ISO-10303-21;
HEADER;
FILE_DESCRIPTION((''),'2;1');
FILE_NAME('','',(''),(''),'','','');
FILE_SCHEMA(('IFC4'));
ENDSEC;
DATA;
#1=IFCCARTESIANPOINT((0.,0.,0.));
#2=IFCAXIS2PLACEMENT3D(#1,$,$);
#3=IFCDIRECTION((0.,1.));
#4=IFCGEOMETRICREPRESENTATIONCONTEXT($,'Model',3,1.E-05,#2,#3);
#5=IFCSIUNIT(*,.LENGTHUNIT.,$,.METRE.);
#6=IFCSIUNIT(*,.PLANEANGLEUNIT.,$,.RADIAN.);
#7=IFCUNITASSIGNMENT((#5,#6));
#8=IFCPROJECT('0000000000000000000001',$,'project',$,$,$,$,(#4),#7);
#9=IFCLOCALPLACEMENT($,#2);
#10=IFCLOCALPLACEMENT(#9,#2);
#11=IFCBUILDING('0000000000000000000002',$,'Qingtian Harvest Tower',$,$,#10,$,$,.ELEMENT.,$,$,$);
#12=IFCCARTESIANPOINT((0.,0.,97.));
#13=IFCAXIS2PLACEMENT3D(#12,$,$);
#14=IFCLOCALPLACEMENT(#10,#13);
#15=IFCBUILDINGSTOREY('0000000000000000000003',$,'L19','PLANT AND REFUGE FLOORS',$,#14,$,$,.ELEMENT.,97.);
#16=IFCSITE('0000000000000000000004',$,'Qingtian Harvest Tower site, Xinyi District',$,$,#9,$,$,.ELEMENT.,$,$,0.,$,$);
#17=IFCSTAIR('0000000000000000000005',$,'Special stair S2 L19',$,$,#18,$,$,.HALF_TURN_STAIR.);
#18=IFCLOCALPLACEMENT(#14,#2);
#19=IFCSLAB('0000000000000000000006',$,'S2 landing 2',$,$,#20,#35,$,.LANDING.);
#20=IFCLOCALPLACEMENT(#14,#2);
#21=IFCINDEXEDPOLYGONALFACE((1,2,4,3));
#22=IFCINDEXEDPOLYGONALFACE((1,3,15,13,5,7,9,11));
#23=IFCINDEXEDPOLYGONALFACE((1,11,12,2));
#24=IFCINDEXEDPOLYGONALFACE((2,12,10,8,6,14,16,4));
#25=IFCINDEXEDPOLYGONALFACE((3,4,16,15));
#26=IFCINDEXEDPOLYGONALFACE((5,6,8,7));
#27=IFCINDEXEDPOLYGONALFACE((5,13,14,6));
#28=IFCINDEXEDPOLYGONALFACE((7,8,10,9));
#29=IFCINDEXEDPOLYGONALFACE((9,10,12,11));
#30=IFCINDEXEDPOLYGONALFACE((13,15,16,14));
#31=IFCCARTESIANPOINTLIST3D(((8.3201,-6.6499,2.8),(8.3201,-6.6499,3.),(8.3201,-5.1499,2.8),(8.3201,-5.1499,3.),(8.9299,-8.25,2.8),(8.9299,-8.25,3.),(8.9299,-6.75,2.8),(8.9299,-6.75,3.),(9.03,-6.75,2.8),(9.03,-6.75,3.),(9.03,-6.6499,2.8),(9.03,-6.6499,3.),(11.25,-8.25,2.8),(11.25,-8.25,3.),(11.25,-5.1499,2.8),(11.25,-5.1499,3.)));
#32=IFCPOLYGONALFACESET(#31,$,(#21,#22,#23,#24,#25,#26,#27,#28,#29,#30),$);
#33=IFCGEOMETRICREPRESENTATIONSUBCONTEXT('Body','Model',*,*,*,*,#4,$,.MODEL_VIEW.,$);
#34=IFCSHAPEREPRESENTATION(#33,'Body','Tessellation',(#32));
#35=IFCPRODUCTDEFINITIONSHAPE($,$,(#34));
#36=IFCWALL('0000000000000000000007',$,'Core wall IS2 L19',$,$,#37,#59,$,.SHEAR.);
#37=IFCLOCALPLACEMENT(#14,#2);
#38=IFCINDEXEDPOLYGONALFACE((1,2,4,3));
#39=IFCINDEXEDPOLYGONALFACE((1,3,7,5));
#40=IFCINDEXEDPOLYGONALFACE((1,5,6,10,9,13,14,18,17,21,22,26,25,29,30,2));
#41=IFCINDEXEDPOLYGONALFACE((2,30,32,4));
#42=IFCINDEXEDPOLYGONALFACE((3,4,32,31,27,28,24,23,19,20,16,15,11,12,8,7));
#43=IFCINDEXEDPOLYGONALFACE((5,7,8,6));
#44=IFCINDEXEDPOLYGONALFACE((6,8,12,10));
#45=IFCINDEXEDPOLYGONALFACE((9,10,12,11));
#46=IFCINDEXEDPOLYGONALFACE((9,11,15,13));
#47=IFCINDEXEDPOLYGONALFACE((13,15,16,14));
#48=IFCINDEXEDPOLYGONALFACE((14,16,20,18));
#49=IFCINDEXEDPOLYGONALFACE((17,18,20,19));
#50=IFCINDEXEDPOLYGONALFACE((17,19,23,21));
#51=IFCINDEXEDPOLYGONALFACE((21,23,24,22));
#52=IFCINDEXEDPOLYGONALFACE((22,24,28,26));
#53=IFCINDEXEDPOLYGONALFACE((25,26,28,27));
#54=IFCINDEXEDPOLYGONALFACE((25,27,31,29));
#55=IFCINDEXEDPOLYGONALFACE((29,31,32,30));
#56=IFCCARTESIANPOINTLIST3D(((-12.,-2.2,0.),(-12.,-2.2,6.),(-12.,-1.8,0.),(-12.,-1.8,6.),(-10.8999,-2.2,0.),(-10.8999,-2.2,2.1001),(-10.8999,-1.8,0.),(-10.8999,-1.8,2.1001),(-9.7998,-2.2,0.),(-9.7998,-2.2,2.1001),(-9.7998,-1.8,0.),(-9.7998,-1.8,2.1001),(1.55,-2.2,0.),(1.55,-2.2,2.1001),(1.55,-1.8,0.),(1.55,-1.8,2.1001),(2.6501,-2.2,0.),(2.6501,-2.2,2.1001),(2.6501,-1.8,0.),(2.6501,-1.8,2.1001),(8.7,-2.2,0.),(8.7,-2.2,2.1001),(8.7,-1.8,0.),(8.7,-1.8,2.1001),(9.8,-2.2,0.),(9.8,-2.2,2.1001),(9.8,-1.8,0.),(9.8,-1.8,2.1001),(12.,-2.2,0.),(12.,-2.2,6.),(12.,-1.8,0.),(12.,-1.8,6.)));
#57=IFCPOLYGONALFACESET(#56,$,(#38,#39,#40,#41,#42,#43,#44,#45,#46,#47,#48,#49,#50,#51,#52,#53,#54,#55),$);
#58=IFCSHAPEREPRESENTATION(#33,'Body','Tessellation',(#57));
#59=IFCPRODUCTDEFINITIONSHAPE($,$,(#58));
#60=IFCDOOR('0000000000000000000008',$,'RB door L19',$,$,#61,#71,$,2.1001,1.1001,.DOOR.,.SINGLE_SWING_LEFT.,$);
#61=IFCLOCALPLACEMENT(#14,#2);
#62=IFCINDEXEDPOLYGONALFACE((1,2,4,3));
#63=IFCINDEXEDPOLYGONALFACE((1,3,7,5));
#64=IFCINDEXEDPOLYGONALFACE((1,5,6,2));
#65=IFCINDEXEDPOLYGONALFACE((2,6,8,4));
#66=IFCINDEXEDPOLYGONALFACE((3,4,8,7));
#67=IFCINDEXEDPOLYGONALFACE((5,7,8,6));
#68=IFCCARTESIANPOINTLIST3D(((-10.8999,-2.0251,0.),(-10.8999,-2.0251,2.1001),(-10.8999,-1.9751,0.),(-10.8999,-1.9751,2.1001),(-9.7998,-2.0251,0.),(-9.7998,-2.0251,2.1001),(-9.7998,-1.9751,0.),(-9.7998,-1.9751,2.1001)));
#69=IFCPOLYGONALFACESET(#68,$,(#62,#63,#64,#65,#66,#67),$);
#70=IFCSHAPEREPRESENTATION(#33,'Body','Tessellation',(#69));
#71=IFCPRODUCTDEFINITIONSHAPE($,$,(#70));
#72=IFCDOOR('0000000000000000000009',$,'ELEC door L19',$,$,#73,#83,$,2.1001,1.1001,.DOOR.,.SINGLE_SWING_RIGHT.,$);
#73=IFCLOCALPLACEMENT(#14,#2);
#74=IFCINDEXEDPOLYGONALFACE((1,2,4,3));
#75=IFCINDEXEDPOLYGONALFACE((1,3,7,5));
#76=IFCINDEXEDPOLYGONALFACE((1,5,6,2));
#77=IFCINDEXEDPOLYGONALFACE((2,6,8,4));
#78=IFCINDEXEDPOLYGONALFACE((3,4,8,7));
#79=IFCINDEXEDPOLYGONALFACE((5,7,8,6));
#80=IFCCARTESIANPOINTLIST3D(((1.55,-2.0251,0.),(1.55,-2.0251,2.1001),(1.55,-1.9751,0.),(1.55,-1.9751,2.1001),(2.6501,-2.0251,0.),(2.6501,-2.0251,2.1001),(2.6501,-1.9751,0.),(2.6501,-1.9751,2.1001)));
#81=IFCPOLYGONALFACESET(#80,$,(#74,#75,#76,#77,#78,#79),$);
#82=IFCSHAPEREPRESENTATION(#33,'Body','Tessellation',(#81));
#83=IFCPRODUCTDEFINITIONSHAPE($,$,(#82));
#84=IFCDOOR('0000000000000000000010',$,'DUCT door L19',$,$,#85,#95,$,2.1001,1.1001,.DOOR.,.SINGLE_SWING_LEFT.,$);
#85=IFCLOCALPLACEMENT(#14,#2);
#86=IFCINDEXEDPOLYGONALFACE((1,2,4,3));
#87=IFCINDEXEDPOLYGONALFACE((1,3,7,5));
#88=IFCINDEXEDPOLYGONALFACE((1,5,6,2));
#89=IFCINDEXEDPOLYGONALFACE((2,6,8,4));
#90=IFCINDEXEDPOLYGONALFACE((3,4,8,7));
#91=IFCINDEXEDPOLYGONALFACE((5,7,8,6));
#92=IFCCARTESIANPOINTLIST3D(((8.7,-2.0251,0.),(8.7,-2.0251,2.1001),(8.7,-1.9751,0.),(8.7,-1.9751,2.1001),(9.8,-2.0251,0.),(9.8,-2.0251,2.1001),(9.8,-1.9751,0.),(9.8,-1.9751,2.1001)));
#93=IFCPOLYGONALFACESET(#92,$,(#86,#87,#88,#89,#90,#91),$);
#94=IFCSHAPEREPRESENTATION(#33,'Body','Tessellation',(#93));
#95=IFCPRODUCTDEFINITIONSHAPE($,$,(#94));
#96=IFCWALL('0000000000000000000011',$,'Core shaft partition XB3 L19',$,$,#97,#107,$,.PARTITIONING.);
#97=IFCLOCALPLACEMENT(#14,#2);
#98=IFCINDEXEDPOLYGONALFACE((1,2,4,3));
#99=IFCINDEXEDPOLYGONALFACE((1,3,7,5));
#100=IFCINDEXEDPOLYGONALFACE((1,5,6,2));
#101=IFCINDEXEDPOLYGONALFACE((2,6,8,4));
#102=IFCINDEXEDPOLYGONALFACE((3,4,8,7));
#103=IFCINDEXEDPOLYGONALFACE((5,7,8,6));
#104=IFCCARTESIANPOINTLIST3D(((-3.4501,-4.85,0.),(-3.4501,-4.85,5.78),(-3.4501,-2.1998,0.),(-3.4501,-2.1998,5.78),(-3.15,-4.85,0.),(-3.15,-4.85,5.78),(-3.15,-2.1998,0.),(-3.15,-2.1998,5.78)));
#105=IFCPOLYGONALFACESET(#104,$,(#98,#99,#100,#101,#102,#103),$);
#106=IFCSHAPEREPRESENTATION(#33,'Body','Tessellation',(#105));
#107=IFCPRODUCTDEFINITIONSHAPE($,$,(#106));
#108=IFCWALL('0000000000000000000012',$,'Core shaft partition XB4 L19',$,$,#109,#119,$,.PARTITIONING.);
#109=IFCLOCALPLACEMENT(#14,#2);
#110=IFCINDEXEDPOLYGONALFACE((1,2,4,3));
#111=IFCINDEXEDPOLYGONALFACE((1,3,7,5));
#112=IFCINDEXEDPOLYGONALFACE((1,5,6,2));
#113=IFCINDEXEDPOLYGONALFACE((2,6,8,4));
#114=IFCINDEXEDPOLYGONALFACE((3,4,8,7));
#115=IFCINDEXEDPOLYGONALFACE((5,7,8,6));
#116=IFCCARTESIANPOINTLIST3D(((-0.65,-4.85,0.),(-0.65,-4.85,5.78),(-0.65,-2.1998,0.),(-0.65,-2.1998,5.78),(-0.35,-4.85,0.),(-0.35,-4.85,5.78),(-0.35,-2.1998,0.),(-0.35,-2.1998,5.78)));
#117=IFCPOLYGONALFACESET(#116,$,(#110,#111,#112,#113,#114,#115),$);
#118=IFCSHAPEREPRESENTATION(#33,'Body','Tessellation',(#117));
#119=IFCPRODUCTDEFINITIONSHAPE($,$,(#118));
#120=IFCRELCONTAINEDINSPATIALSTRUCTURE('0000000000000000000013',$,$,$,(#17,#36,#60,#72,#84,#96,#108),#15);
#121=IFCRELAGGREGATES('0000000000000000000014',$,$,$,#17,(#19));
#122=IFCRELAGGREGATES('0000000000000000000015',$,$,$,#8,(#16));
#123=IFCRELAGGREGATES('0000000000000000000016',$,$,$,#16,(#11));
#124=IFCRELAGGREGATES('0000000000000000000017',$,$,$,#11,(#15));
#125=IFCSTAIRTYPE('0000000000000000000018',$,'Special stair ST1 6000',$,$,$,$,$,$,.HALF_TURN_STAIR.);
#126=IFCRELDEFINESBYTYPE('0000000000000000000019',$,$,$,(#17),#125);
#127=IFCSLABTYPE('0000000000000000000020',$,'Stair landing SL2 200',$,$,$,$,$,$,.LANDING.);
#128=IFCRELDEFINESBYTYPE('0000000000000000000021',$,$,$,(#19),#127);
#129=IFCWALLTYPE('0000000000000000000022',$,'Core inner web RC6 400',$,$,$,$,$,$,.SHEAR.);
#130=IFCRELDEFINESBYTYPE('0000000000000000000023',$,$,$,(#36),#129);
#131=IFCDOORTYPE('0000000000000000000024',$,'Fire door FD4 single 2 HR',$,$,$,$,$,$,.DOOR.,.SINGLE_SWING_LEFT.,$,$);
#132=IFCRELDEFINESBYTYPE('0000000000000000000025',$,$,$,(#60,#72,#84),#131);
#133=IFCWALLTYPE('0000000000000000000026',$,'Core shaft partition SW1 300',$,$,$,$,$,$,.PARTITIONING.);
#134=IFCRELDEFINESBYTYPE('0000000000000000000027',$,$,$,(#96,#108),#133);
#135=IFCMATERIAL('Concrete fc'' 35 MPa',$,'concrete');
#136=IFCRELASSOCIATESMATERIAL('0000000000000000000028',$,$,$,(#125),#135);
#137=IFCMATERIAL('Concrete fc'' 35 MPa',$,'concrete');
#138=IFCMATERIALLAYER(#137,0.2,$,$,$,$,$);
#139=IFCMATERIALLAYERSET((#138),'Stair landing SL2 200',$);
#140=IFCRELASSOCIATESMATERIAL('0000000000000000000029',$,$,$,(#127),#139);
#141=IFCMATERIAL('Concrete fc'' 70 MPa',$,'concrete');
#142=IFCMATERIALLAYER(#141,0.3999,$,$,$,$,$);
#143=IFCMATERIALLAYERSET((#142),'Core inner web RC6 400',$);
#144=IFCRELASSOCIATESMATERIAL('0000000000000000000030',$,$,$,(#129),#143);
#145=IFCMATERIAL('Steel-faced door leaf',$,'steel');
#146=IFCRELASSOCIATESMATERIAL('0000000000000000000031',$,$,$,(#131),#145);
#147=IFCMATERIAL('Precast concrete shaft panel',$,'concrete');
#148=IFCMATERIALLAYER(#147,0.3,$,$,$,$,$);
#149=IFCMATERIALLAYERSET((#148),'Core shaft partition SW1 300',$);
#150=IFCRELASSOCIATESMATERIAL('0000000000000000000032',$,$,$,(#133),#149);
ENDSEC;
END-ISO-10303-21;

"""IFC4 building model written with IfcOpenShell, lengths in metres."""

from ifc_helpers import new_model, si_unit, direction, frame, frame_2d, origin, place, context, subcontext, project, spatial, polyline, rectangle, outline, extrude, material, layer, layer_set, type_object, element, fill, aggregate, save


model = new_model("IFC4")

# Units and contexts
model_context = context("Model", 3, precision=1e-05, world=origin(), true_north=direction((0.0, 1.0)))
body_context = subcontext(model_context, "Body", "Model", "MODEL_VIEW")
ifc_project = project(units=[si_unit("LENGTHUNIT", "METRE"), si_unit("PLANEANGLEUNIT", "RADIAN")], contexts=[model_context])

# Site, building, storey
site_placement = place(None, origin())
site = spatial("IfcSite", under=ifc_project, at=site_placement, Name="Qingtian Harvest Tower site, Xinyi District", CompositionType="ELEMENT", RefElevation=0.0)
building_placement = place(site_placement, origin())
building = spatial("IfcBuilding", under=site, at=building_placement, Name="Qingtian Harvest Tower", CompositionType="ELEMENT")
storey_placement = place(building_placement, frame((0.0, 0.0, 97.0)))
storey = spatial("IfcBuildingStorey", under=building, at=storey_placement, Name="L19", Description="PLANT AND REFUGE FLOORS", CompositionType="ELEMENT", Elevation=97.0)

# Stair, slab
ifc_material_1 = material(Name="Concrete fc' 35 MPa", Category="concrete")
stair_type = type_object("IfcStairType", Name="Special stair ST1 6000", PredefinedType="HALF_TURN_STAIR", material=ifc_material_1)
ifc_material_2 = material(Name="Concrete fc' 35 MPa", Category="concrete")
ifc_layer_1 = layer(ifc_material_2, 0.2)
ifc_layer_set_1 = layer_set([ifc_layer_1], Name="Stair landing SL2 200")
slab_type_1 = type_object("IfcSlabType", Name="Stair landing SL2 200", PredefinedType="LANDING", material=ifc_layer_set_1)
stair_1_placement = place(storey_placement, origin())
stair_1 = element("IfcStair", 1, at=stair_1_placement, inside=storey, type_object=stair_type, Name="Special stair S2 L19", PredefinedType="HALF_TURN_STAIR")
slab_1_placement = place(storey_placement, frame((0.0, 0.0, 2.8)))
slab_1 = element("IfcSlab", 2, at=slab_1_placement, type_object=slab_type_1, Name="S2 landing 2", PredefinedType="LANDING", context=body_context, shape_type="SweptSolid", body=[
    extrude(outline(polyline([(8.9299, -8.25), (8.9299, -6.75), (9.03, -6.75), (9.03, -6.6499), (8.3201, -6.6499), (8.3201, -5.1499), (11.25, -5.1499), (11.25, -8.25), (8.9299, -8.25)])), origin(), (0.0, 0.0, 1.0), 0.2),
])
aggregate(stair_1, [slab_1])

# Wall, openings, doors
ifc_material_3 = material(Name="Concrete fc' 70 MPa", Category="concrete")
ifc_layer_2 = layer(ifc_material_3, 0.3999)
ifc_layer_set_2 = layer_set([ifc_layer_2], Name="Core inner web RC6 400")
wall_type_1 = type_object("IfcWallType", Name="Core inner web RC6 400", PredefinedType="SHEAR", material=ifc_layer_set_2)
wall_placement = place(storey_placement, frame((-12.0, -2.0, 0.0), z_axis=(0.0, 0.0, 1.0), x_axis=(1.0, 0.0, 0.0)))
wall = element("IfcWall", 3, at=wall_placement, inside=storey, type_object=wall_type_1, Name="Core wall IS2 L19", PredefinedType="SHEAR", context=body_context, shape_type="SweptSolid", body=[
    extrude(rectangle(XDim=24.0, YDim=0.3999, at=frame_2d((12.0, 0.0))), origin(), (0.0, 0.0, 1.0), 6.0),
])
opening_1_placement = place(wall_placement, frame((1.1001, 0.0, 0.0)))
opening_1 = element("IfcOpeningElement", 4, at=opening_1_placement, cuts=wall, PredefinedType="OPENING", context=body_context, shape_type="SweptSolid", body=[
    extrude(rectangle(XDim=1.1001, YDim=2.1001, at=frame_2d((0.55, 1.05))), frame((0.0, 0.21, 0.0), z_axis=(0.0, -1.0, 0.0), x_axis=(1.0, 0.0, 0.0)), (0.0, 0.0, 1.0), 0.4199),
])
opening_2_placement = place(wall_placement, frame((13.55, 0.0, 0.0)))
opening_2 = element("IfcOpeningElement", 5, at=opening_2_placement, cuts=wall, PredefinedType="OPENING", context=body_context, shape_type="SweptSolid", body=[
    extrude(rectangle(XDim=1.1001, YDim=2.1001, at=frame_2d((0.55, 1.05))), frame((0.0, 0.21, 0.0), z_axis=(0.0, -1.0, 0.0), x_axis=(1.0, 0.0, 0.0)), (0.0, 0.0, 1.0), 0.4199),
])
opening_3_placement = place(wall_placement, frame((20.7, 0.0, 0.0)))
opening_3 = element("IfcOpeningElement", 6, at=opening_3_placement, cuts=wall, PredefinedType="OPENING", context=body_context, shape_type="SweptSolid", body=[
    extrude(rectangle(XDim=1.1001, YDim=2.1001, at=frame_2d((0.55, 1.05))), frame((0.0, 0.21, 0.0), z_axis=(0.0, -1.0, 0.0), x_axis=(1.0, 0.0, 0.0)), (0.0, 0.0, 1.0), 0.4199),
])
ifc_material_4 = material(Name="Steel-faced door leaf", Category="steel")
door_type = type_object("IfcDoorType", Name="Fire door FD4 single 2 HR", OperationType="SINGLE_SWING_LEFT", PredefinedType="DOOR", material=ifc_material_4)
door_1_placement = place(opening_1_placement, origin())
door_1 = element("IfcDoor", 7, at=door_1_placement, inside=storey, type_object=door_type, Name="RB door L19", OperationType="SINGLE_SWING_LEFT", OverallHeight=2.1001, OverallWidth=1.1001, PredefinedType="DOOR", context=body_context, shape_type="SweptSolid", body=[
    extrude(rectangle(XDim=1.1001, YDim=2.1001, at=frame_2d((0.55, 1.05))), frame((0.0, 0.0249, 0.0), z_axis=(0.0, -1.0, 0.0), x_axis=(1.0, 0.0, 0.0)), (0.0, 0.0, 1.0), 0.05),
])
fill(opening_1, door_1)
door_2_placement = place(opening_2_placement, origin())
door_2 = element("IfcDoor", 8, at=door_2_placement, inside=storey, type_object=door_type, Name="ELEC door L19", OperationType="SINGLE_SWING_RIGHT", OverallHeight=2.1001, OverallWidth=1.1001, PredefinedType="DOOR", context=body_context, shape_type="SweptSolid", body=[
    extrude(rectangle(XDim=1.1001, YDim=2.1001, at=frame_2d((0.55, 1.05))), frame((0.0, 0.0249, 0.0), z_axis=(0.0, -1.0, 0.0), x_axis=(1.0, 0.0, 0.0)), (0.0, 0.0, 1.0), 0.05),
])
fill(opening_2, door_2)
door_3_placement = place(opening_3_placement, origin())
door_3 = element("IfcDoor", 9, at=door_3_placement, inside=storey, type_object=door_type, Name="DUCT door L19", OperationType="SINGLE_SWING_LEFT", OverallHeight=2.1001, OverallWidth=1.1001, PredefinedType="DOOR", context=body_context, shape_type="SweptSolid", body=[
    extrude(rectangle(XDim=1.1001, YDim=2.1001, at=frame_2d((0.55, 1.05))), frame((0.0, 0.0249, 0.0), z_axis=(0.0, -1.0, 0.0), x_axis=(1.0, 0.0, 0.0)), (0.0, 0.0, 1.0), 0.05),
])
fill(opening_3, door_3)

# Walls
ifc_material_5 = material(Name="Precast concrete shaft panel", Category="concrete")
ifc_layer_3 = layer(ifc_material_5, 0.3)
ifc_layer_set_3 = layer_set([ifc_layer_3], Name="Core shaft partition SW1 300")
wall_type_2 = type_object("IfcWallType", Name="Core shaft partition SW1 300", PredefinedType="PARTITIONING", material=ifc_layer_set_3)
for number, where, z_axis, x_axis, name in (
    (10, (-3.3, -4.8501, 0.0), (0.0, 0.0, 1.0), (0.0, 1.0, 0.0), "Core shaft partition XB3 L19"),
    (11, (-0.5, -4.8501, 0.0), (0.0, 0.0, 1.0), (0.0, 1.0, 0.0), "Core shaft partition XB4 L19"),
):
    element("IfcWall", number, at=place(storey_placement, frame(where, z_axis=z_axis, x_axis=x_axis)), inside=storey, type_object=wall_type_2, Name=name, PredefinedType="PARTITIONING", context=body_context, shape_type="SweptSolid", body=[
        extrude(rectangle(XDim=2.6501, YDim=0.3, at=frame_2d((1.3252, 0.0))), origin(), (0.0, 0.0, 1.0), 5.78),
    ])

save(model, "model.ifc")
